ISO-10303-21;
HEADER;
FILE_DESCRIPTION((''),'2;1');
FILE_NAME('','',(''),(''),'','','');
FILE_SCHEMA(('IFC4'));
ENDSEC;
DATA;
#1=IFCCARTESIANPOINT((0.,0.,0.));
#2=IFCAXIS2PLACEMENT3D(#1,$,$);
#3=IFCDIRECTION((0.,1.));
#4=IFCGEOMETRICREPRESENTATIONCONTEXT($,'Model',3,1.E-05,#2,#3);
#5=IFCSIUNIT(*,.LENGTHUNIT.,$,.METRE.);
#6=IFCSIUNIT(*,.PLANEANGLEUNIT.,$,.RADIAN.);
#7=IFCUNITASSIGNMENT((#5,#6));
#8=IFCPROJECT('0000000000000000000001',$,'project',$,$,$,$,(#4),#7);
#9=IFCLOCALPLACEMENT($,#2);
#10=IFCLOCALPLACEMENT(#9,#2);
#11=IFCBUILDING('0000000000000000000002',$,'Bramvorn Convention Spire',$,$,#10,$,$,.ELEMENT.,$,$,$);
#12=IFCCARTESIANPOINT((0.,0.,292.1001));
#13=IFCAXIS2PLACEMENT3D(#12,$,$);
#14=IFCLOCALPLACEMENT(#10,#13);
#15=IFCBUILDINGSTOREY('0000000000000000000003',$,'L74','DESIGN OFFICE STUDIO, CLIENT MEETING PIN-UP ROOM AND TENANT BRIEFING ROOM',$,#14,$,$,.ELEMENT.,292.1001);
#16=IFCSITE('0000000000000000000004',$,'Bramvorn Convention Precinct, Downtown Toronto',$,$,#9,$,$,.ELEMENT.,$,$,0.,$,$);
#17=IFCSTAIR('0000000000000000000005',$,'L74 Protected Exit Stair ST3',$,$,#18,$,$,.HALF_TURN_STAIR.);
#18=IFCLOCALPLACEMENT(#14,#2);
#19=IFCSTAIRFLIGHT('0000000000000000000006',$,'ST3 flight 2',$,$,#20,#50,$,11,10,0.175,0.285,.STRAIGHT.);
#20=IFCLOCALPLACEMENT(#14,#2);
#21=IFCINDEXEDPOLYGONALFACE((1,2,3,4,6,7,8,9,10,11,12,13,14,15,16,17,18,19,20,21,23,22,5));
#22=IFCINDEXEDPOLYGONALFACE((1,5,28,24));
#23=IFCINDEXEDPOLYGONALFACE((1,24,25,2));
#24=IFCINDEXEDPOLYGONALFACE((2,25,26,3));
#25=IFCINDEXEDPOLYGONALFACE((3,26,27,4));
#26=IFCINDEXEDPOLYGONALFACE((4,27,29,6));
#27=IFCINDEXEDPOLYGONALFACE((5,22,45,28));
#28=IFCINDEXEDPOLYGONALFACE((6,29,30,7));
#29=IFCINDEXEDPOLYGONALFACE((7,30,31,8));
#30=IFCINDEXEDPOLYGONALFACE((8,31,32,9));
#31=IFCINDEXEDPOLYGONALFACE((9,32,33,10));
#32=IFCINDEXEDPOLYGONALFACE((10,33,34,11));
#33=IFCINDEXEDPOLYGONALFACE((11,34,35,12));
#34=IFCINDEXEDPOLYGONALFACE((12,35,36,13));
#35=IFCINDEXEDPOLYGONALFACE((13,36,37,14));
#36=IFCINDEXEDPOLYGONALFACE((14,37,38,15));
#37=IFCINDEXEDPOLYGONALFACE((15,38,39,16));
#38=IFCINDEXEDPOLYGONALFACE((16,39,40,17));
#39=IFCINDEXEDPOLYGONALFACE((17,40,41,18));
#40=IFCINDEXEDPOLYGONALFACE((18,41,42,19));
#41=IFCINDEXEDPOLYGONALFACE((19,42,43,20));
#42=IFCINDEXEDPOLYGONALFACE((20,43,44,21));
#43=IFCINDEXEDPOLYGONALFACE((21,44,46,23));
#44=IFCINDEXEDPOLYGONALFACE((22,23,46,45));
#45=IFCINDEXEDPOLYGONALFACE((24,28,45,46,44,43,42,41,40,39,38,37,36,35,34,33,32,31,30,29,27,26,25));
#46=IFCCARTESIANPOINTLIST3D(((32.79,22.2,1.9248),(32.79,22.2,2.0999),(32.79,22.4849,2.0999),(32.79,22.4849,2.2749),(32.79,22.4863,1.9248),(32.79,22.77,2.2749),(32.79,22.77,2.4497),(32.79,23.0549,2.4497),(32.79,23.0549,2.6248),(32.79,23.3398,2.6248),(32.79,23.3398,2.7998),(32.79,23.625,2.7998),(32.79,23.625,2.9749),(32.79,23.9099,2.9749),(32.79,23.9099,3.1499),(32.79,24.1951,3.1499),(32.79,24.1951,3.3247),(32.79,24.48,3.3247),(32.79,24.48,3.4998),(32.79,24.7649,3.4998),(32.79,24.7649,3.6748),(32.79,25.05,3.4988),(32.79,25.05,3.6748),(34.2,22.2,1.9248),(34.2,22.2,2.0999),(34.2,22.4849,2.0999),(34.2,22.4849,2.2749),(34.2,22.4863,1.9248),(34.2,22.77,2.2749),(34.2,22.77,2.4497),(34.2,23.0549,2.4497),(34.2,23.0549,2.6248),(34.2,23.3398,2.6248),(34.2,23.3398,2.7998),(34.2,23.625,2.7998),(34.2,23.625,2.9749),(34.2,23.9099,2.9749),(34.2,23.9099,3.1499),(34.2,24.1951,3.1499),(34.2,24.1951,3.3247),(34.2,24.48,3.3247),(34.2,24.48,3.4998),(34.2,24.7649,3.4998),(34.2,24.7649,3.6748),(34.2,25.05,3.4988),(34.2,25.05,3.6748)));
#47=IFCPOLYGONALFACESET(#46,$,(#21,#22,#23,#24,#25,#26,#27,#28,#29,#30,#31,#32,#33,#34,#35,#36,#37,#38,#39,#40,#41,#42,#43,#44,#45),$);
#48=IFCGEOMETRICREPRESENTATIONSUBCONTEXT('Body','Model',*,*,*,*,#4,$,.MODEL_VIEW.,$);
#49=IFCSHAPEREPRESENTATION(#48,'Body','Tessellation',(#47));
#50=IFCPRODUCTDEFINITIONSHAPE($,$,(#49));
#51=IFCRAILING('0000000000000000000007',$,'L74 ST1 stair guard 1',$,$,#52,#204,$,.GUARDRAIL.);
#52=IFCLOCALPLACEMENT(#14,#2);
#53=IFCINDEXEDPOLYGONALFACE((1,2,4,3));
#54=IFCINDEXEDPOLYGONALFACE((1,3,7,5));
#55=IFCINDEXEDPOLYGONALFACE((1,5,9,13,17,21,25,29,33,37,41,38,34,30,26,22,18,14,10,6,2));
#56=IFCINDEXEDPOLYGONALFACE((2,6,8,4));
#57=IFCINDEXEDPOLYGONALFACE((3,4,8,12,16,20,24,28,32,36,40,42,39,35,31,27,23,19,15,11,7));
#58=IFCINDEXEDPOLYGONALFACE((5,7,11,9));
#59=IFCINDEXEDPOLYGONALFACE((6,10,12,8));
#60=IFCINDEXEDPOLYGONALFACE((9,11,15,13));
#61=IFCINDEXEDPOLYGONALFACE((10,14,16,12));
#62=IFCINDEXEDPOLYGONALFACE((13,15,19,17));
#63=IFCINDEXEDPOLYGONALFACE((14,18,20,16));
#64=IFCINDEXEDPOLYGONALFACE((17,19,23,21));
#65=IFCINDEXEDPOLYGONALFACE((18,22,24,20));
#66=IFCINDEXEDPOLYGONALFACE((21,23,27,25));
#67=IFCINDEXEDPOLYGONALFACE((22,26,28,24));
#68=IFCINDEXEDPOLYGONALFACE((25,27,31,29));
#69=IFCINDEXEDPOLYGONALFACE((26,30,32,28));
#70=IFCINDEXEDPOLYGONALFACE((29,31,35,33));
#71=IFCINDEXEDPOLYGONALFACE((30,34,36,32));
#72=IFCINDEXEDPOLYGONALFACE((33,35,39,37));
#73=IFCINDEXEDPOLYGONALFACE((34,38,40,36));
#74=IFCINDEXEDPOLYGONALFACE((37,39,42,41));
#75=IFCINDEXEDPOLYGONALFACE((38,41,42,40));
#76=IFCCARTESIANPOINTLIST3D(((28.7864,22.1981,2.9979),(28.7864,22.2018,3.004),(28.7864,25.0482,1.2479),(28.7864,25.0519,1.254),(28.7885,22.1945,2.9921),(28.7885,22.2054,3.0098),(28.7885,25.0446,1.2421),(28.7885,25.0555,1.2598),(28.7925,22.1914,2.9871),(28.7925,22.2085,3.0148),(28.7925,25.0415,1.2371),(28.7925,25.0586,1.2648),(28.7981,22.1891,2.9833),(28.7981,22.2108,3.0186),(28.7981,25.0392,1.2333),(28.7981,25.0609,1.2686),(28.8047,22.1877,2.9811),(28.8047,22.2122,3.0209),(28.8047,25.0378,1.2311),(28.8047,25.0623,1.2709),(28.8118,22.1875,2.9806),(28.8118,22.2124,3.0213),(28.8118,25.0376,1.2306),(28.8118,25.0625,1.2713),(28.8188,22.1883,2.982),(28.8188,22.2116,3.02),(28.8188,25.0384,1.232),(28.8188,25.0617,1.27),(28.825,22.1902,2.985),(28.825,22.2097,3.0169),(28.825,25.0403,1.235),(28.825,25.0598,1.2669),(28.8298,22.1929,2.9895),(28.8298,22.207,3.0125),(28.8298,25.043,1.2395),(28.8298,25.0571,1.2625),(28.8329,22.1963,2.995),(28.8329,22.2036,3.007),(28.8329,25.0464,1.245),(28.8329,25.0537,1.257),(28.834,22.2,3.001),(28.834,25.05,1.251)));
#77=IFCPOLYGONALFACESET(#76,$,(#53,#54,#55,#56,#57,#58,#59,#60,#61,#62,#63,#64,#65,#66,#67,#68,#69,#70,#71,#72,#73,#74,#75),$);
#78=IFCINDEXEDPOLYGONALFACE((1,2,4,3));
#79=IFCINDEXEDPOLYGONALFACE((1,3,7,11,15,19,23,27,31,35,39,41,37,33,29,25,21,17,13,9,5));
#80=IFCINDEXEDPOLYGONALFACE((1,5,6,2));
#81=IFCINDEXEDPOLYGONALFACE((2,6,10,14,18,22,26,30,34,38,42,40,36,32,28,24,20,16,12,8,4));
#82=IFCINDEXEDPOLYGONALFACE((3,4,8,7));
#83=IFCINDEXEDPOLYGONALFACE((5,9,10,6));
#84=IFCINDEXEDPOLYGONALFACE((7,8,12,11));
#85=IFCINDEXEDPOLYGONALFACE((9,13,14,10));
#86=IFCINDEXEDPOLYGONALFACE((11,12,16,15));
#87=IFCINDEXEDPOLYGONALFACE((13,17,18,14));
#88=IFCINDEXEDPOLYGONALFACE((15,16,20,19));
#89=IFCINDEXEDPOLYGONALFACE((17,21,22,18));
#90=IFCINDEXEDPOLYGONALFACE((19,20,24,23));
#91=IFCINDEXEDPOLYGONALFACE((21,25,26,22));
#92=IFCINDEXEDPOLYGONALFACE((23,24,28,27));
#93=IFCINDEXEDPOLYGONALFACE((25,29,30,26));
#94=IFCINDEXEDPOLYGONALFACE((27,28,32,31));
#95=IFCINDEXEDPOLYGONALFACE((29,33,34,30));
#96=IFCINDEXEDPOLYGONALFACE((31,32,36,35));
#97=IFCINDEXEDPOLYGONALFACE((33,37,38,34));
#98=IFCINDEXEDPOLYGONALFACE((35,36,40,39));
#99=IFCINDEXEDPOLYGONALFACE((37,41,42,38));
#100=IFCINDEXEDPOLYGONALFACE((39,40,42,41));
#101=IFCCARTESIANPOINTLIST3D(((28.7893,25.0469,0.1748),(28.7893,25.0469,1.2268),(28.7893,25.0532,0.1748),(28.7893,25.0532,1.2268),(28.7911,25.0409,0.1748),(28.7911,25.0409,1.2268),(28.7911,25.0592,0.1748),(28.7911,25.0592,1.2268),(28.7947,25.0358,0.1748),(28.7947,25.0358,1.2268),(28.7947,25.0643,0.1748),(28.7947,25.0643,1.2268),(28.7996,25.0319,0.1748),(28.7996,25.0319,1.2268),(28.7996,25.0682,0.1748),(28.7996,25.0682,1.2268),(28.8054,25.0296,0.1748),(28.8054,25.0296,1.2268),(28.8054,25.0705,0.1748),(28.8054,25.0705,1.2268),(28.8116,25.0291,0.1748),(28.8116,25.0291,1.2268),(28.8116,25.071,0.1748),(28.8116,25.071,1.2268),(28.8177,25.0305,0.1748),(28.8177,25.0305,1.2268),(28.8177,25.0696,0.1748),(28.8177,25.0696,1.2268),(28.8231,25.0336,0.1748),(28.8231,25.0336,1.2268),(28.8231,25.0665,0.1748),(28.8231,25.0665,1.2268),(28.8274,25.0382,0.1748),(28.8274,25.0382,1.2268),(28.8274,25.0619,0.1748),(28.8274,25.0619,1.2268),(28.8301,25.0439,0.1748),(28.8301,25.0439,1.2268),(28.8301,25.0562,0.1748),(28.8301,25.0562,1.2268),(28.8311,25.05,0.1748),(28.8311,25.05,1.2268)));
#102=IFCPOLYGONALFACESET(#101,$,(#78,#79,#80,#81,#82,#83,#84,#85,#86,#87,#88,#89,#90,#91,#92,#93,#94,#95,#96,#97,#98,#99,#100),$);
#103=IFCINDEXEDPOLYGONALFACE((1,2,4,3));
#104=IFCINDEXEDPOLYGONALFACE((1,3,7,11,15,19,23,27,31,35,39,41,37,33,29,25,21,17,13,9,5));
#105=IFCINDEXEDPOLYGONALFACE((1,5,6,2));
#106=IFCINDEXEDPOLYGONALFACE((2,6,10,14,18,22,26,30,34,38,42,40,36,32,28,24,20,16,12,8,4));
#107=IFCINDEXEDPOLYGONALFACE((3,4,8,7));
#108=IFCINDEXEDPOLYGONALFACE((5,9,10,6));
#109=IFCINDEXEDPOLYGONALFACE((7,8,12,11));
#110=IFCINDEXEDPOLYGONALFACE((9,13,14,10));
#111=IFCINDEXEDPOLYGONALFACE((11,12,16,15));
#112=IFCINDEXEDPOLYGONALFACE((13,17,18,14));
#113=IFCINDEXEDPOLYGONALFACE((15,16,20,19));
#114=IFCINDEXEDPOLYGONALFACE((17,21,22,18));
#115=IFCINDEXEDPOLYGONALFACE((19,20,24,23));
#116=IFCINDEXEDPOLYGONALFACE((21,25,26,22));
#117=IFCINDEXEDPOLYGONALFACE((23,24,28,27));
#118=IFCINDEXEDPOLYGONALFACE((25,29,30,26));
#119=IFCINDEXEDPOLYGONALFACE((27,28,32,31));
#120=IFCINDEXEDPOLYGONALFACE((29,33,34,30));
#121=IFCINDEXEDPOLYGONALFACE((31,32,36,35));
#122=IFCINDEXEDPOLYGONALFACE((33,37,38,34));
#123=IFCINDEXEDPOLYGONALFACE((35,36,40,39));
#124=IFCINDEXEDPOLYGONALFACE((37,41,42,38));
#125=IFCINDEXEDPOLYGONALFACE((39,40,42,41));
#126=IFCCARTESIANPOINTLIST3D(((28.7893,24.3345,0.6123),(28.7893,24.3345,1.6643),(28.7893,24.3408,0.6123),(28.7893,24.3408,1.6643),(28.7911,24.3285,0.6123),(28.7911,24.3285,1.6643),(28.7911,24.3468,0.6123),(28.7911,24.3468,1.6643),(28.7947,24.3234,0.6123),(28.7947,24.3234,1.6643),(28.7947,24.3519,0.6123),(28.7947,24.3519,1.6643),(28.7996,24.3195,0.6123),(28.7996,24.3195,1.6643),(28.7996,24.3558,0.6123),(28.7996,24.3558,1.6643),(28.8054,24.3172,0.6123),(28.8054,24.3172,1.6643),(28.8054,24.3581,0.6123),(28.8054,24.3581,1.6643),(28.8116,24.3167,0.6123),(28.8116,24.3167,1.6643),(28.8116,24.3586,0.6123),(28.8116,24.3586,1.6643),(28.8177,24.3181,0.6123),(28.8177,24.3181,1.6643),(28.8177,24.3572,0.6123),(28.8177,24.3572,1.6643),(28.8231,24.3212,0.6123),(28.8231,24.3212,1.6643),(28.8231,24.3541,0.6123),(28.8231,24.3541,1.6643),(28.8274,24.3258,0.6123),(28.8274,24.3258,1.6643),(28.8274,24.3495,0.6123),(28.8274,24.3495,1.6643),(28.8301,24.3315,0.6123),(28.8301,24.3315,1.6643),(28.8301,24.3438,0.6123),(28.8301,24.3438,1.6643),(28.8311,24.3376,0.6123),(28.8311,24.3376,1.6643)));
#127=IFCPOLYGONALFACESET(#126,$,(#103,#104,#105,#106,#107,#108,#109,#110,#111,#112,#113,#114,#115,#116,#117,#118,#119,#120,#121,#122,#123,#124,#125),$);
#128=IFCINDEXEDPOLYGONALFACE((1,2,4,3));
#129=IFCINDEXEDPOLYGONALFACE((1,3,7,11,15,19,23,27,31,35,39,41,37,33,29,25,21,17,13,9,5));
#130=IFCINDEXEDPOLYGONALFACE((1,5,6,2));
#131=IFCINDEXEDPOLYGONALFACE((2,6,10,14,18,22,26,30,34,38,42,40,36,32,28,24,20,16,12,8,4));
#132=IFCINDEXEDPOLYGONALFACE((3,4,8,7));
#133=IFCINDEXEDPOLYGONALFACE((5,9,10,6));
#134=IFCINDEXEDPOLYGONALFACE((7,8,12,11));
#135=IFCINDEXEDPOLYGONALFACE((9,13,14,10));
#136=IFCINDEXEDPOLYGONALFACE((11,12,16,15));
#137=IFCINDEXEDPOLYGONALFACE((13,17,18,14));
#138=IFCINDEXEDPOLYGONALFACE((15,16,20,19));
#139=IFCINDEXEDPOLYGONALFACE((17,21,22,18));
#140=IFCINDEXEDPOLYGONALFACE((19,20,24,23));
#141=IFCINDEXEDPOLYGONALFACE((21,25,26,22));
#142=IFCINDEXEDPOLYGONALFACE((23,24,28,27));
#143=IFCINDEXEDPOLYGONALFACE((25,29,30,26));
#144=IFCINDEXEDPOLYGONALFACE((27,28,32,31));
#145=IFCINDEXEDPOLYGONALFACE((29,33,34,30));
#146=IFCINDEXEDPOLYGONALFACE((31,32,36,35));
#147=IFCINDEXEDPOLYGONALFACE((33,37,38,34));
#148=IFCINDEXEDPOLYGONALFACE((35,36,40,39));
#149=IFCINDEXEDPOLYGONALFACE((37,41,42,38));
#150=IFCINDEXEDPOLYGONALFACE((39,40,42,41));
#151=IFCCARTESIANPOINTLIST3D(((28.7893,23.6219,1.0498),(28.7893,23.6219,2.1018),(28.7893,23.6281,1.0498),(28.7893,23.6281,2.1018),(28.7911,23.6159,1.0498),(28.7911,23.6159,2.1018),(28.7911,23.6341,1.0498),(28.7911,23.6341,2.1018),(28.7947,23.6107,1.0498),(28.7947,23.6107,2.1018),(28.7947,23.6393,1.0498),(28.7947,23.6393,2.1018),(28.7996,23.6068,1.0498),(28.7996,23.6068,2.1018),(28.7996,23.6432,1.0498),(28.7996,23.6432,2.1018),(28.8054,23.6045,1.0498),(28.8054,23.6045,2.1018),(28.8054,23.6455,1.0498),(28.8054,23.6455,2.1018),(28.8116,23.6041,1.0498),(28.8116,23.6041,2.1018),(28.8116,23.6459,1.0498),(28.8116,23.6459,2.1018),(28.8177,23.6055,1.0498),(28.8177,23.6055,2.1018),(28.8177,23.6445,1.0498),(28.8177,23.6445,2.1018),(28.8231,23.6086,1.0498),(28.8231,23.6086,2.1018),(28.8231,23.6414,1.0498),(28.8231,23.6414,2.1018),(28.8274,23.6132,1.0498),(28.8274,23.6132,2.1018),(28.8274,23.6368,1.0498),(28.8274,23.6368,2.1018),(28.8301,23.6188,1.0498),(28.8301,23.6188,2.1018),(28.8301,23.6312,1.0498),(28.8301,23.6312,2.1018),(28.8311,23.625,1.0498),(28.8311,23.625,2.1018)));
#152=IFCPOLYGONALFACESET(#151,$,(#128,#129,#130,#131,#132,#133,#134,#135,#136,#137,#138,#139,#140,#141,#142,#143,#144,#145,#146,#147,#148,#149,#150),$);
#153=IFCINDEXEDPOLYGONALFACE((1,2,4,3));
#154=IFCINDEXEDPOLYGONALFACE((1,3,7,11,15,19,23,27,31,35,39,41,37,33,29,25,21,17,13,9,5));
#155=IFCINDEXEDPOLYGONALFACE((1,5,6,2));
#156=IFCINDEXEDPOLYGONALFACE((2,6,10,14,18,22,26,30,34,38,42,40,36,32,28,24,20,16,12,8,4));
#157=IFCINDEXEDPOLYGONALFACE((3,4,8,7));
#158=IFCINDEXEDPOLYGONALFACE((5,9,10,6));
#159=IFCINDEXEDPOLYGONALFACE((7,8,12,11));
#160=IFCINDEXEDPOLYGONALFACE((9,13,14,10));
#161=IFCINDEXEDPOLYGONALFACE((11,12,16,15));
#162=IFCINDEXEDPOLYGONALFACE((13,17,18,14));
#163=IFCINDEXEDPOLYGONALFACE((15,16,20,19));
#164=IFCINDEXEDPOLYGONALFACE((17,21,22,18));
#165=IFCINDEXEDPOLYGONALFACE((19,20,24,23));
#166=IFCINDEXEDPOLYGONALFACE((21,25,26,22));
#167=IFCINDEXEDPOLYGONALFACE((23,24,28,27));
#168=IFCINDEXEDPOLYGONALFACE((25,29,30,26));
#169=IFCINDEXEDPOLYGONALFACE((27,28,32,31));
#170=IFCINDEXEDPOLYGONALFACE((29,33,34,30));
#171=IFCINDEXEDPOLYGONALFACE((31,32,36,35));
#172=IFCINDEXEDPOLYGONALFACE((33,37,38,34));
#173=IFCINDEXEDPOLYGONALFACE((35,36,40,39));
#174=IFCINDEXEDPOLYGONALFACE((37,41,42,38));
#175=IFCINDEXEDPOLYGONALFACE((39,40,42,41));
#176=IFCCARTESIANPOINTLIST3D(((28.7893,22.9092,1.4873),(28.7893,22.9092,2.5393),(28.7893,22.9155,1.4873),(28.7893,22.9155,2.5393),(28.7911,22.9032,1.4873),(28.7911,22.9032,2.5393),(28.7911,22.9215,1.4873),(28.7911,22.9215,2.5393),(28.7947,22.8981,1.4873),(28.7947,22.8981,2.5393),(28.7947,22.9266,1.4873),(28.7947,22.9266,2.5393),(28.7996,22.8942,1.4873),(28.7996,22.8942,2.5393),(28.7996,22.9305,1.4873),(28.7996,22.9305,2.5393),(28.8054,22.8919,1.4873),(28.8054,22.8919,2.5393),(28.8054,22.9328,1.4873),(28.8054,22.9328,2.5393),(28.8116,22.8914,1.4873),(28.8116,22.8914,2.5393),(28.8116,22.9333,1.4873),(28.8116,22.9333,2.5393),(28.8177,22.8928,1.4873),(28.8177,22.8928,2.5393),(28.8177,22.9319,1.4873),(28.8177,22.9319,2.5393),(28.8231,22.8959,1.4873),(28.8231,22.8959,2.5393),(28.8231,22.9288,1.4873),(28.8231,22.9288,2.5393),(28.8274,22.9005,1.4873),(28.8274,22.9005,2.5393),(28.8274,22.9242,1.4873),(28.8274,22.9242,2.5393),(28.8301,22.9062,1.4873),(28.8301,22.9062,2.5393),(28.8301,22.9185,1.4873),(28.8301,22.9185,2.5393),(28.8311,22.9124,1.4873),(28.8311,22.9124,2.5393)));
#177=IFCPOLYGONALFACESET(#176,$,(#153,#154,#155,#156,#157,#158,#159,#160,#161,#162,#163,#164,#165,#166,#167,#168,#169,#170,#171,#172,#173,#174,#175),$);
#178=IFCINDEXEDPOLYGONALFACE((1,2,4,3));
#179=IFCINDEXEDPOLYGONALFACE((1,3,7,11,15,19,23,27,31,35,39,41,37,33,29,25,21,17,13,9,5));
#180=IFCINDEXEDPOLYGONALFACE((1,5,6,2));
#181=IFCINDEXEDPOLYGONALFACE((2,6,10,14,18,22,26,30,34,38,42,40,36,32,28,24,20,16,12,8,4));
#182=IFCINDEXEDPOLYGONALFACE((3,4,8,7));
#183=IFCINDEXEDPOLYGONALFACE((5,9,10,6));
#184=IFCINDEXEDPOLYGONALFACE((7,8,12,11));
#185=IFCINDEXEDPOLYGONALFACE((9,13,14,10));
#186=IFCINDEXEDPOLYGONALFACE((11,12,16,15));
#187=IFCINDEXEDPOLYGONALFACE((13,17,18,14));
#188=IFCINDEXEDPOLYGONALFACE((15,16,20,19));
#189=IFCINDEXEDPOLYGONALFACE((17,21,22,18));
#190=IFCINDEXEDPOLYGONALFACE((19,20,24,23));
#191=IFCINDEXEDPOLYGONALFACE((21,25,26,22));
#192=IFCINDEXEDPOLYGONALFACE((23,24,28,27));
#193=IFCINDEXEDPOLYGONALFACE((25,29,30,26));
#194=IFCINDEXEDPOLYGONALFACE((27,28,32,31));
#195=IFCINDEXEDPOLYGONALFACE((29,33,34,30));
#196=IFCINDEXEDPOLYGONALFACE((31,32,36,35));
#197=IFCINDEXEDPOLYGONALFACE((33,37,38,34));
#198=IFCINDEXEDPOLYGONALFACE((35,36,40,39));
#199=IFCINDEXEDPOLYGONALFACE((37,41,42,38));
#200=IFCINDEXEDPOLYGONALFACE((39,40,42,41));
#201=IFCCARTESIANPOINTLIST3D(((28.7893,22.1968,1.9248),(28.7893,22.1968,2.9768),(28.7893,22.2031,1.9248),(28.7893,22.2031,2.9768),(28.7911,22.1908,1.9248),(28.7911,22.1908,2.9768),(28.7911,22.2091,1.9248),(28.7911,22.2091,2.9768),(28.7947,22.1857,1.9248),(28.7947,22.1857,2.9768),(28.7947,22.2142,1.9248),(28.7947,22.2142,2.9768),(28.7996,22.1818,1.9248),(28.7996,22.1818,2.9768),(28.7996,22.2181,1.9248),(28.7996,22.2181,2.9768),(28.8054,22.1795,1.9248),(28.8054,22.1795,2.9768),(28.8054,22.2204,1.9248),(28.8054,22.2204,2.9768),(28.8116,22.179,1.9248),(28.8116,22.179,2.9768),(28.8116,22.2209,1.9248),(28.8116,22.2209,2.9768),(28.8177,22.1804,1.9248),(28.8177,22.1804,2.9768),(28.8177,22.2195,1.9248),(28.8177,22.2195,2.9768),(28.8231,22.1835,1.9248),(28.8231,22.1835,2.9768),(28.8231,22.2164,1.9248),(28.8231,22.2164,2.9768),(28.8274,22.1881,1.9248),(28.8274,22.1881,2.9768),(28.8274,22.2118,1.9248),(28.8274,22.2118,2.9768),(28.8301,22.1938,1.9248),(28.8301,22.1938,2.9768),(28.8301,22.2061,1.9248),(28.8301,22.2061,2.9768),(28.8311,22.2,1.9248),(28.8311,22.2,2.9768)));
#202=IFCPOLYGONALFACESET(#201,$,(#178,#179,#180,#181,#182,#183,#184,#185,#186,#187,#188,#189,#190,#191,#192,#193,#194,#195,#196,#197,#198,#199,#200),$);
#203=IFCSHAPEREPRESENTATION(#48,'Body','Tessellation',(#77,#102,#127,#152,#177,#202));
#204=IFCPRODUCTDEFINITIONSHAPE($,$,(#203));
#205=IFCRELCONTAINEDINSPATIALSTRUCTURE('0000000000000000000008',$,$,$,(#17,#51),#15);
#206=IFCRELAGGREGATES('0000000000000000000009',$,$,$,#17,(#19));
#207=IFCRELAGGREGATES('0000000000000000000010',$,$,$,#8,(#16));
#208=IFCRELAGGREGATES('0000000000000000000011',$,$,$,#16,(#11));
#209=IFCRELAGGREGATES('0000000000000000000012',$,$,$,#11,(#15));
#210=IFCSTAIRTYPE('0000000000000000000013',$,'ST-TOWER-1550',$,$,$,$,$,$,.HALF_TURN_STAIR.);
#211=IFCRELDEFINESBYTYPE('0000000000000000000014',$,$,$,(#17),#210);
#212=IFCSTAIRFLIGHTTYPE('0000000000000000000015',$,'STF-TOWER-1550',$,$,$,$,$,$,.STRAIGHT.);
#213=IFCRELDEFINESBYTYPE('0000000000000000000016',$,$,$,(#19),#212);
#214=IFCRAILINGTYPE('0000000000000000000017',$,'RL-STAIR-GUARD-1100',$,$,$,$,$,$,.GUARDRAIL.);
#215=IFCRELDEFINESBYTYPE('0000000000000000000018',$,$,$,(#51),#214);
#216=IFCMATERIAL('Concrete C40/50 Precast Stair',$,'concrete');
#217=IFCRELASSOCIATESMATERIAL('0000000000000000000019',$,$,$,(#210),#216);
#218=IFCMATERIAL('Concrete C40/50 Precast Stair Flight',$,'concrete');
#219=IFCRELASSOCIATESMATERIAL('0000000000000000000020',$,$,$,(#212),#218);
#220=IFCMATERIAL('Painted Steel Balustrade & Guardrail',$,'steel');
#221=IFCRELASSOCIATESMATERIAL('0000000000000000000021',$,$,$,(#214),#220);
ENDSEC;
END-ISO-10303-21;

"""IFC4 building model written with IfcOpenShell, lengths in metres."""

from ifc_helpers import new_model, si_unit, direction, frame, origin, origin_2d, place, context, subcontext, project, spatial, polyline, circle, outline, extrude, material, type_object, element, aggregate, save


model = new_model("IFC4")

# Units and contexts
model_context = context("Model", 3, precision=1e-05, world=origin(), true_north=direction((0.0, 1.0)))
body_context = subcontext(model_context, "Body", "Model", "MODEL_VIEW")
ifc_project = project(units=[si_unit("LENGTHUNIT", "METRE"), si_unit("PLANEANGLEUNIT", "RADIAN")], contexts=[model_context])

# Site, building, storey
site_placement = place(None, origin())
site = spatial("IfcSite", under=ifc_project, at=site_placement, Name="Bramvorn Convention Precinct, Downtown Toronto", CompositionType="ELEMENT", RefElevation=0.0)
building_placement = place(site_placement, origin())
building = spatial("IfcBuilding", under=site, at=building_placement, Name="Bramvorn Convention Spire", CompositionType="ELEMENT")
storey_placement = place(building_placement, frame((0.0, 0.0, 292.1001)))
storey = spatial("IfcBuildingStorey", under=building, at=storey_placement, Name="L74", Description="DESIGN OFFICE STUDIO, CLIENT MEETING PIN-UP ROOM AND TENANT BRIEFING ROOM", CompositionType="ELEMENT", Elevation=292.1001)

# Stair, stair flight
ifc_material_1 = material(Name="Concrete C40/50 Precast Stair", Category="concrete")
stair_type = type_object("IfcStairType", Name="ST-TOWER-1550", PredefinedType="HALF_TURN_STAIR", material=ifc_material_1)
ifc_material_2 = material(Name="Concrete C40/50 Precast Stair Flight", Category="concrete")
stair_flight_type = type_object("IfcStairFlightType", Name="STF-TOWER-1550", PredefinedType="STRAIGHT", material=ifc_material_2)
stair_1_placement = place(storey_placement, origin())
stair_1 = element("IfcStair", 1, at=stair_1_placement, inside=storey, type_object=stair_type, Name="L74 Protected Exit Stair ST3", PredefinedType="HALF_TURN_STAIR")
stair_flight_1_placement = place(storey_placement, frame((33.4951, 22.2, 1.9248), z_axis=(0.0, 0.0, 1.0), x_axis=(0.0, 1.0, 0.0)))
stair_flight_1 = element("IfcStairFlight", 2, at=stair_flight_1_placement, type_object=stair_flight_type, Name="ST3 flight 2", NumberOfRisers=11, NumberOfTreads=10, PredefinedType="STRAIGHT", RiserHeight=0.175, TreadLength=0.285, context=body_context, shape_type="SweptSolid", body=[
    extrude(outline(polyline([(0.0, 0.0), (0.0, 0.175), (0.2849, 0.175), (0.2849, 0.3501), (0.5701, 0.3501), (0.5701, 0.5249), (0.855, 0.5249), (0.855, 0.7), (1.1399, 0.7), (1.1399, 0.875), (1.425, 0.875), (1.425, 1.05), (1.71, 1.05), (1.71, 1.2251), (1.9951, 1.2251), (1.9951, 1.3999), (2.28, 1.3999), (2.28, 1.575), (2.5649, 1.575), (2.5649, 1.75), (2.8501, 1.75), (2.8501, 1.925), (2.8501, 1.574), (0.2864, 0.0), (0.0, 0.0)])), frame((0.0, 0.7051, 0.0), z_axis=(0.0, -1.0, 0.0), x_axis=(1.0, 0.0, 0.0)), (0.0, 0.0, 1.0), 1.4099),
])
aggregate(stair_1, [stair_flight_1])

# Railing
ifc_material_3 = material(Name="Painted Steel Balustrade & Guardrail", Category="steel")
railing_type_1 = type_object("IfcRailingType", Name="RL-STAIR-GUARD-1100", PredefinedType="GUARDRAIL", material=ifc_material_3)
railing_1_placement = place(storey_placement, frame((28.8101, 25.05, 0.1748)))
element("IfcRailing", 3, at=railing_1_placement, inside=storey, type_object=railing_type_1, Name="L74 ST1 stair guard 1", PredefinedType="GUARDRAIL", context=body_context, shape_type="SweptSolid", body=[
    extrude(circle(Radius=0.0239, at=origin_2d()), frame((0.0, 0.0, 1.0762), z_axis=(0.0, -0.852179, 0.52325), x_axis=(1.0, 0.0, 0.0)), (0.0, 0.0, 1.0), 3.3445),
    extrude(circle(Radius=0.021, at=origin_2d()), origin(), (0.0, 0.0, 1.0), 1.052),
    extrude(circle(Radius=0.021, at=origin_2d()), frame((0.0, -0.7124, 0.4375)), (0.0, 0.0, 1.0), 1.052),
    extrude(circle(Radius=0.021, at=origin_2d()), frame((0.0, -1.425, 0.875)), (0.0, 0.0, 1.0), 1.052),
    extrude(circle(Radius=0.021, at=origin_2d()), frame((0.0, -2.1377, 1.3125)), (0.0, 0.0, 1.0), 1.052),
    extrude(circle(Radius=0.021, at=origin_2d()), frame((0.0, -2.8501, 1.75)), (0.0, 0.0, 1.0), 1.052),
])

save(model, "model.ifc")
